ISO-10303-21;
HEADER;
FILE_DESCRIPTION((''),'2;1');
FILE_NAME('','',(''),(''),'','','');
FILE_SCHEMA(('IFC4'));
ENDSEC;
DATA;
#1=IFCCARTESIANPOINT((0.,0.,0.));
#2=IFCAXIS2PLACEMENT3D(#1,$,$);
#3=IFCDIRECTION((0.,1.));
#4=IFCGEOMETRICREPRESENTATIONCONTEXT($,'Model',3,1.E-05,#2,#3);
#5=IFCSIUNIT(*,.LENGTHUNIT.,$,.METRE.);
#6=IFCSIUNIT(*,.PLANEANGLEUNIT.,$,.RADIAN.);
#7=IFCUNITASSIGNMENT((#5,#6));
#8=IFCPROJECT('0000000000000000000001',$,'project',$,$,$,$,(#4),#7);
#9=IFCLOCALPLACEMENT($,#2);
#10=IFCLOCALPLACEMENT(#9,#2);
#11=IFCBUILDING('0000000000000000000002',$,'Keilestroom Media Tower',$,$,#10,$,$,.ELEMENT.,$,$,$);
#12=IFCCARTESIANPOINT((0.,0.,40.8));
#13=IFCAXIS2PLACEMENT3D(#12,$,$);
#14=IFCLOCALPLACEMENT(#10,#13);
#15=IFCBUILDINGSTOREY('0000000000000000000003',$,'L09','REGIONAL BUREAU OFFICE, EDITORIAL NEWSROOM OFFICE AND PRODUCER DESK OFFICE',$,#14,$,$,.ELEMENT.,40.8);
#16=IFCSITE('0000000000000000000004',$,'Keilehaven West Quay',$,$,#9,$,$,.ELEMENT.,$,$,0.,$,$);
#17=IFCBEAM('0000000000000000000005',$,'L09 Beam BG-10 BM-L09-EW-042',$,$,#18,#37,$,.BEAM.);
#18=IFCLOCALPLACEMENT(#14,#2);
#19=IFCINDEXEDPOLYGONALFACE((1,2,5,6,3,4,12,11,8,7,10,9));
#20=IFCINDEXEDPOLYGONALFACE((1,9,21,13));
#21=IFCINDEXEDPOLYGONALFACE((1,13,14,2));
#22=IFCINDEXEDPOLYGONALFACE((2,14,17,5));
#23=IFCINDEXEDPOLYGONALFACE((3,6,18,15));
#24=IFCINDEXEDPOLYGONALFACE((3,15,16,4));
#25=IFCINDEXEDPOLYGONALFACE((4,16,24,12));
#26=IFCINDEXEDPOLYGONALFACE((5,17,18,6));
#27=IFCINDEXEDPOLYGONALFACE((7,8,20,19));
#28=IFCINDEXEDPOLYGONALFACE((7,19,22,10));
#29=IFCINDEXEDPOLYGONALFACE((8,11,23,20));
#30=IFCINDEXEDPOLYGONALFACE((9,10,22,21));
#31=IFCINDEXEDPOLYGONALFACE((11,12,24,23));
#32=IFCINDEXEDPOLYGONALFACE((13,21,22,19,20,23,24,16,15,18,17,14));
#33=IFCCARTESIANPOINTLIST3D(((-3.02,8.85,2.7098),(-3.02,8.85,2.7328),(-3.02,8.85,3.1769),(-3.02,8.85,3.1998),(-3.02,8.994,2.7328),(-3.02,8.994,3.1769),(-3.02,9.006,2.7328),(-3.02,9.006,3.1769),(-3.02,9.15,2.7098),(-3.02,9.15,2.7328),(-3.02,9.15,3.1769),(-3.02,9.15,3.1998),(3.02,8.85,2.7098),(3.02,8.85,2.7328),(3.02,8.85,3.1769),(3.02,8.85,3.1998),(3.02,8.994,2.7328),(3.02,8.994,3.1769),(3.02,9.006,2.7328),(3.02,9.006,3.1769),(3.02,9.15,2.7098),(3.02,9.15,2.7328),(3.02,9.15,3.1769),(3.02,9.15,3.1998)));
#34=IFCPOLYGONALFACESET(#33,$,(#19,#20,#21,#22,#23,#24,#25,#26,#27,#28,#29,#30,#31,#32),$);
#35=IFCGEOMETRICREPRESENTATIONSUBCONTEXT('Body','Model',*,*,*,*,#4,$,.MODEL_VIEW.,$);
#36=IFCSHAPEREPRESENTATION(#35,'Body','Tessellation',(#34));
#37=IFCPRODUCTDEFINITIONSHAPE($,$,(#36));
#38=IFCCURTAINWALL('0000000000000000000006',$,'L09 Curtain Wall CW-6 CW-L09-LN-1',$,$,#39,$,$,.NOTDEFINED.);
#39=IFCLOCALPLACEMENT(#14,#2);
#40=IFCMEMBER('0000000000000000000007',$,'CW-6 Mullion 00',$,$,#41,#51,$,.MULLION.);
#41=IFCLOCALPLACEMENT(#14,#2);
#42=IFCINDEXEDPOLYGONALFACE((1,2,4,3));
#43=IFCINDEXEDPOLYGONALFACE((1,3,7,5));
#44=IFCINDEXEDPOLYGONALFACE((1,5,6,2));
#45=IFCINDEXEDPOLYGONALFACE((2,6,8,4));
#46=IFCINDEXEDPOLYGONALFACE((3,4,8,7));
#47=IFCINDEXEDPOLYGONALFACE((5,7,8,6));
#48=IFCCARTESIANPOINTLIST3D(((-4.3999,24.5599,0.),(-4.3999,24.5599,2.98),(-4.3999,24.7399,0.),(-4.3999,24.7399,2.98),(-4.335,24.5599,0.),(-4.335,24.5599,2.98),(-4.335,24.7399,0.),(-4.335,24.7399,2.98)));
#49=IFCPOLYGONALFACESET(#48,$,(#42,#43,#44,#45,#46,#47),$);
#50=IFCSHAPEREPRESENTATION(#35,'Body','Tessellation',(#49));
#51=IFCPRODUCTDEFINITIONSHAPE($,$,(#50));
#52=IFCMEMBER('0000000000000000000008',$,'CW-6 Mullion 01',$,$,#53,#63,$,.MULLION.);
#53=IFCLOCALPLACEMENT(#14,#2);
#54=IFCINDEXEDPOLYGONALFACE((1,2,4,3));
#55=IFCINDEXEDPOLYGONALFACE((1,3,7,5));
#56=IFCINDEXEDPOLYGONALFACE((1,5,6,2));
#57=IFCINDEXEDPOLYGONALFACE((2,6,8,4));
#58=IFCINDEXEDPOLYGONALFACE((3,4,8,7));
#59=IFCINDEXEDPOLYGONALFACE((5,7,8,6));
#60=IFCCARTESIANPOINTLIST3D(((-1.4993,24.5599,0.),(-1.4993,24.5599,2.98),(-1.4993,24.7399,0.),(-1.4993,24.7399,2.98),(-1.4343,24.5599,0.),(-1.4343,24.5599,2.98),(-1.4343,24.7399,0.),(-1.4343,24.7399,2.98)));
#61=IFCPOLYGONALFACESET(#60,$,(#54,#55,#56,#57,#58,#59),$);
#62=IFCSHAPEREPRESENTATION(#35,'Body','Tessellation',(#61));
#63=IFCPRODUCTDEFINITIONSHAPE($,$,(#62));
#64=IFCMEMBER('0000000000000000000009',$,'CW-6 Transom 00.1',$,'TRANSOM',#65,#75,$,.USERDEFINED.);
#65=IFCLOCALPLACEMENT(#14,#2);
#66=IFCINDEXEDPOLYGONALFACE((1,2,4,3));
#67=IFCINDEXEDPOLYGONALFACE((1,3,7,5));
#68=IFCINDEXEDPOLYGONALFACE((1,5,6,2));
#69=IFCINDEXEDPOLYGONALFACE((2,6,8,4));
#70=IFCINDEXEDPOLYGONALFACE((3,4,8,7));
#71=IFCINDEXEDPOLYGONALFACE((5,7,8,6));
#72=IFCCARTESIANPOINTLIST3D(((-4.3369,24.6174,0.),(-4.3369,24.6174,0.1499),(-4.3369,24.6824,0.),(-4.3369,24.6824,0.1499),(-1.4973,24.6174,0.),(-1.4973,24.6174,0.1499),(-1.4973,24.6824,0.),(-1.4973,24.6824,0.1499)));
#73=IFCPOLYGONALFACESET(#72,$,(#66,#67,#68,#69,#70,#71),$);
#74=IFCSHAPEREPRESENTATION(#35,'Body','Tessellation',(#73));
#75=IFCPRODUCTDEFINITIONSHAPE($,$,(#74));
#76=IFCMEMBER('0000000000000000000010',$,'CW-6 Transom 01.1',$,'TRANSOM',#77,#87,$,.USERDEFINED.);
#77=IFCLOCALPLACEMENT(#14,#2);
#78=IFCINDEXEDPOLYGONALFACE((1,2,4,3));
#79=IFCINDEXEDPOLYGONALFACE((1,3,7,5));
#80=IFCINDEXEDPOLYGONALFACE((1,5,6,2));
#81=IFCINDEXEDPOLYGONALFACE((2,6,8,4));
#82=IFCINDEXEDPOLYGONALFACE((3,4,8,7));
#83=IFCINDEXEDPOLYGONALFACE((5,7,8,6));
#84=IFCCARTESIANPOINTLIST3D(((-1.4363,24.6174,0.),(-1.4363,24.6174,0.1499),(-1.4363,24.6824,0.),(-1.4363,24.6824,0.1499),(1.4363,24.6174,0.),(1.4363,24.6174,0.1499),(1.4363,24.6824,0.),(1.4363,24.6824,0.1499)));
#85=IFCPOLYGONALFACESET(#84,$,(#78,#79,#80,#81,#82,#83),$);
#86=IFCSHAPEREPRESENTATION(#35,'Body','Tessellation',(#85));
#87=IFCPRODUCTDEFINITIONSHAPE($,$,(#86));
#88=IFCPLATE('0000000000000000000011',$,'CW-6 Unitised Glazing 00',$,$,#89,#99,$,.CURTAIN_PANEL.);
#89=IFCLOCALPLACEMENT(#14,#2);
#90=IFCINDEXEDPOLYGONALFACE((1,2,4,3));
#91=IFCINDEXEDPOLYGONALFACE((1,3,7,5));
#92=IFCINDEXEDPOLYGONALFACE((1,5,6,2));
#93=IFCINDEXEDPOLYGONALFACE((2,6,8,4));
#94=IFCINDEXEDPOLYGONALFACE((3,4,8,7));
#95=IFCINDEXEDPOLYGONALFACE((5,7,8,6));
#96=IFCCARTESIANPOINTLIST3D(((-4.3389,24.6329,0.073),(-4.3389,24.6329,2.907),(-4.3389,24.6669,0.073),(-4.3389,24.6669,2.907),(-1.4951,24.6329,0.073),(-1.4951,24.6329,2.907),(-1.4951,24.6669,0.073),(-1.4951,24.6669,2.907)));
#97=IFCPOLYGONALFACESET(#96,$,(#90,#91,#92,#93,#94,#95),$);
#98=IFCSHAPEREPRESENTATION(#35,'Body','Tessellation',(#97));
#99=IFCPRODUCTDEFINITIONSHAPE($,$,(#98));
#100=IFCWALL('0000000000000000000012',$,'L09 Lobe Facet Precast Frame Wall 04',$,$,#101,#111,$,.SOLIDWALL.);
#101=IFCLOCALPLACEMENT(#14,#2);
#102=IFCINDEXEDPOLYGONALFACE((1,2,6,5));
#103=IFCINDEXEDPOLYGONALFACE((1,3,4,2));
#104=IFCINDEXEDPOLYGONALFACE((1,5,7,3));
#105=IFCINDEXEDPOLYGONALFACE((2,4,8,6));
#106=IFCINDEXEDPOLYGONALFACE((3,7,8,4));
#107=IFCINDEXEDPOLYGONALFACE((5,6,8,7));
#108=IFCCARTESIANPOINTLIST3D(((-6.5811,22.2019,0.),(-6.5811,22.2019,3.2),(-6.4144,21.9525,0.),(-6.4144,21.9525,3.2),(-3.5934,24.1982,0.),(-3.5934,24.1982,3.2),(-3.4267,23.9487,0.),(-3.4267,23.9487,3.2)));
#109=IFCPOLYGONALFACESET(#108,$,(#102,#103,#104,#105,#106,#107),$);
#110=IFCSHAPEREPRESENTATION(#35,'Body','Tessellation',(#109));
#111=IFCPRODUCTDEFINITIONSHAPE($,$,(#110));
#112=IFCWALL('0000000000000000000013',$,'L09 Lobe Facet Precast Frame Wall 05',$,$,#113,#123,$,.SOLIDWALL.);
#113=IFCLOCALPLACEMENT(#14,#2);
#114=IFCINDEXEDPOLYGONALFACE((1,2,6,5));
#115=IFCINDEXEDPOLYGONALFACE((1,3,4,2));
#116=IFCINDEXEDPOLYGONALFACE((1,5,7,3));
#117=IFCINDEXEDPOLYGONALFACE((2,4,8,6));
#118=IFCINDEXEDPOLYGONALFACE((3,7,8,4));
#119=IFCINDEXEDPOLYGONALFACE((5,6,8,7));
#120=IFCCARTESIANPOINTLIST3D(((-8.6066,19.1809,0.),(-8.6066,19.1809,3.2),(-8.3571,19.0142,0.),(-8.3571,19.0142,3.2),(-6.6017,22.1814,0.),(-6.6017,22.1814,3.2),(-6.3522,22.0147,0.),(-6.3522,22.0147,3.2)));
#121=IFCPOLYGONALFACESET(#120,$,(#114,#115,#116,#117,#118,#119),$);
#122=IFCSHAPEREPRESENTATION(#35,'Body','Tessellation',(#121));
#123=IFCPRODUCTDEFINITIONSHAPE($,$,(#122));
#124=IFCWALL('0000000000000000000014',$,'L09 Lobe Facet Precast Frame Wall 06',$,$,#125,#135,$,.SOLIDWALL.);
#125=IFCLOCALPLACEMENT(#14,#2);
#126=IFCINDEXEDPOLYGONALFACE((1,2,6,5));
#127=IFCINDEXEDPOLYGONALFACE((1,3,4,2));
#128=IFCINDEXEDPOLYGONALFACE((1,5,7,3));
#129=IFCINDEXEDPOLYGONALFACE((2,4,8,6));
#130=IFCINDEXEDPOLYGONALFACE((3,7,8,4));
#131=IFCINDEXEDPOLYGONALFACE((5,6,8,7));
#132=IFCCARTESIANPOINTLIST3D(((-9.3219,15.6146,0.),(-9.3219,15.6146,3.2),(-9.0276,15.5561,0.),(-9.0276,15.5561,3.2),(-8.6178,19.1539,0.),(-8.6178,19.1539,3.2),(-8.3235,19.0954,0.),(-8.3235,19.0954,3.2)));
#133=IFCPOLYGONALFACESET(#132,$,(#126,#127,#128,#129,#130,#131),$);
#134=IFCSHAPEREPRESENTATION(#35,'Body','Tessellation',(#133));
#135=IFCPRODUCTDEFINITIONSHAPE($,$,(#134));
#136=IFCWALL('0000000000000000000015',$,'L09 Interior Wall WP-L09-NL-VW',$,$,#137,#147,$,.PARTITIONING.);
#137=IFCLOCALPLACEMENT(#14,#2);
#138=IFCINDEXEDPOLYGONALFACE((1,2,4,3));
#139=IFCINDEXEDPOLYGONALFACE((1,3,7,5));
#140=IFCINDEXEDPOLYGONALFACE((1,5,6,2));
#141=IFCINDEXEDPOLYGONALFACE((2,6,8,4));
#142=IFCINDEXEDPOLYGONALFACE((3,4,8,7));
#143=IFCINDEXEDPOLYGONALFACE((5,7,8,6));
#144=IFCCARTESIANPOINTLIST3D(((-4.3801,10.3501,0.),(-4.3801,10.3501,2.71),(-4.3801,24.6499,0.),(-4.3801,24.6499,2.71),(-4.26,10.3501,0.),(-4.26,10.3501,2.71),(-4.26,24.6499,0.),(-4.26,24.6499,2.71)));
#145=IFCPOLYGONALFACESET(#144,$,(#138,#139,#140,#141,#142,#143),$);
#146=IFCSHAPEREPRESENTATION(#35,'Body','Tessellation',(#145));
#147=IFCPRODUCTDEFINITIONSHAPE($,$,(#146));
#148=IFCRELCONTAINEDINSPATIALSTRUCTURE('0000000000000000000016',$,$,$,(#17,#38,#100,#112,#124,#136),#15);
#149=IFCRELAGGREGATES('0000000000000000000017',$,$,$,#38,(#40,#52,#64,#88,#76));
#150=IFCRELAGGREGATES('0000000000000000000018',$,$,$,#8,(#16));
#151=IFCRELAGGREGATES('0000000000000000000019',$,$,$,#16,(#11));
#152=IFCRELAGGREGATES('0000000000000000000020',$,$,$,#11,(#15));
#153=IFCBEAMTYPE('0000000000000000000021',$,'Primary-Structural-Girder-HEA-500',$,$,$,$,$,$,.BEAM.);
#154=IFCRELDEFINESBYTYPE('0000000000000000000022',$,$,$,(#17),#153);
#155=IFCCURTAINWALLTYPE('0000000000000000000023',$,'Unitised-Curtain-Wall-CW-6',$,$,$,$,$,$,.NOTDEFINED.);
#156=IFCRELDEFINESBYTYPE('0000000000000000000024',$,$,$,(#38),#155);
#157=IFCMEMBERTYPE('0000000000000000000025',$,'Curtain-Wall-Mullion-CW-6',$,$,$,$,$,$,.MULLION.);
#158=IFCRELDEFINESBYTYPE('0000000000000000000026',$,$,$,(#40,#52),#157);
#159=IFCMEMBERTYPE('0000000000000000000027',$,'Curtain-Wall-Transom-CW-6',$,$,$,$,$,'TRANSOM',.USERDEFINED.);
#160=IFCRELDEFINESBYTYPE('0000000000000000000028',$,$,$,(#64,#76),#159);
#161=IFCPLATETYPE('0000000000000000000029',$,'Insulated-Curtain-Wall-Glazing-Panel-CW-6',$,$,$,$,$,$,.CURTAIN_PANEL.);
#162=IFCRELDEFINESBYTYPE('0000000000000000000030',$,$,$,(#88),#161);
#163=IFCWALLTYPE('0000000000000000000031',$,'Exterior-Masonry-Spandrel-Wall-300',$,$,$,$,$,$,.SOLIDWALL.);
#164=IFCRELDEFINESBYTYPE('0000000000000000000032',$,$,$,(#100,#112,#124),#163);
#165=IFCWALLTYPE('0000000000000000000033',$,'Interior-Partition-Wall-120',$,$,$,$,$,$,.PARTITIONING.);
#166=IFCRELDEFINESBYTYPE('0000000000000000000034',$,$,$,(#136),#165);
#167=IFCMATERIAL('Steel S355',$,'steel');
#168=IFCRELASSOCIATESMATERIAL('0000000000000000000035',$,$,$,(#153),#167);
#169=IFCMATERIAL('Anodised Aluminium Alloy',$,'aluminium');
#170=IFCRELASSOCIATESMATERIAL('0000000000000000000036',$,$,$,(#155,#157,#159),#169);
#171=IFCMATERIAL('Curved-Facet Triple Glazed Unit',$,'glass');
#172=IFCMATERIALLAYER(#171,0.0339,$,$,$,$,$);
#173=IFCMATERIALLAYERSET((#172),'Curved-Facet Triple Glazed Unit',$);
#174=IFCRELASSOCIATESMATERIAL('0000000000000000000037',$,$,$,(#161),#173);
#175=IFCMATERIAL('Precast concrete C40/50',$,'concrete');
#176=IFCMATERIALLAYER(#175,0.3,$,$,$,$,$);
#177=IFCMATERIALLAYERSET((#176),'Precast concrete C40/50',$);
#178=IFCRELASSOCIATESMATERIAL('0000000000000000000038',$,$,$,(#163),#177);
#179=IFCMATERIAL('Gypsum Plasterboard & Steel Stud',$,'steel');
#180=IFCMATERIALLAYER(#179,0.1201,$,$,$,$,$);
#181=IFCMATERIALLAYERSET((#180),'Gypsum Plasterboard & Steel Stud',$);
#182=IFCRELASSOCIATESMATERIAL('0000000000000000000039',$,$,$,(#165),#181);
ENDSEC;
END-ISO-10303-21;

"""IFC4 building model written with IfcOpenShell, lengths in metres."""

from ifc_helpers import new_model, si_unit, direction, frame, frame_2d, origin, origin_2d, place, context, subcontext, project, spatial, rectangle, i_section, extrude, source, transform, mapped, material, layer, layer_set, material_profile, profile_set, type_object, element, aggregate, save


model = new_model("IFC4")

# Units and contexts
model_context = context("Model", 3, precision=1e-05, world=origin(), true_north=direction((0.0, 1.0)))
body_context = subcontext(model_context, "Body", "Model", "MODEL_VIEW")
ifc_project = project(units=[si_unit("LENGTHUNIT", "METRE"), si_unit("PLANEANGLEUNIT", "RADIAN")], contexts=[model_context])

# Site, building, storey
site_placement = place(None, origin())
site = spatial("IfcSite", under=ifc_project, at=site_placement, Name="Keilehaven West Quay", CompositionType="ELEMENT", RefElevation=0.0)
building_placement = place(site_placement, origin())
building = spatial("IfcBuilding", under=site, at=building_placement, Name="Keilestroom Media Tower", CompositionType="ELEMENT")
storey_placement = place(building_placement, frame((0.0, 0.0, 40.8)))
storey = spatial("IfcBuildingStorey", under=building, at=storey_placement, Name="L09", Description="REGIONAL BUREAU OFFICE, EDITORIAL NEWSROOM OFFICE AND PRODUCER DESK OFFICE", CompositionType="ELEMENT", Elevation=40.8)

# Beam
ifc_material_1 = material(Name="Steel S355", Category="steel")
ifc_material_profile_1 = material_profile(ifc_material_1, i_section(OverallWidth=0.3, OverallDepth=0.49, WebThickness=0.012, FlangeThickness=0.0229, at=origin_2d()), Name="HEA 500")
ifc_profile_set_1 = profile_set([ifc_material_profile_1], Name="Steel S355")
beam_type = type_object("IfcBeamType", Name="Primary-Structural-Girder-HEA-500", PredefinedType="BEAM", material=ifc_profile_set_1)
shared_shape_1 = source(origin(), body_context, "Body", "SweptSolid", [
    extrude(i_section(OverallWidth=0.3, OverallDepth=0.49, WebThickness=0.012, FlangeThickness=0.0229, at=origin_2d()), origin(), (0.0, 0.0, 1.0), 6.04),
])
beam_1_placement = place(storey_placement, frame((-3.02, 9.0, 2.9548), z_axis=(1.0, 0.0, 0.0), x_axis=(0.0, 1.0, 0.0)))
element("IfcBeam", 1, at=beam_1_placement, inside=storey, type_object=beam_type, Name="L09 Beam BG-10 BM-L09-EW-042", PredefinedType="BEAM", context=body_context, shape_type="MappedRepresentation", body=[
    mapped(shared_shape_1, transform((0.0, 0.0, 0.0), x_axis=(1.0, 0.0, 0.0), y_axis=(0.0, 1.0, 0.0), z_axis=(0.0, 0.0, 1.0), scale=1.0)),
])

# Curtain wall, members, plate
ifc_material_2 = material(Name="Anodised Aluminium Alloy", Category="aluminium")
curtain_wall_type = type_object("IfcCurtainWallType", Name="Unitised-Curtain-Wall-CW-6", PredefinedType="NOTDEFINED", material=ifc_material_2)
curtain_wall_placement = place(storey_placement, origin())
curtain_wall = element("IfcCurtainWall", 2, at=curtain_wall_placement, inside=storey, type_object=curtain_wall_type, Name="L09 Curtain Wall CW-6 CW-L09-LN-1", PredefinedType="NOTDEFINED")
ifc_material_profile_2 = material_profile(ifc_material_2, rectangle(XDim=0.0649, YDim=0.1799, at=origin_2d()), Name="ALU MULLION 65x180")
ifc_profile_set_2 = profile_set([ifc_material_profile_2], Name="Anodised Aluminium Alloy")
member_type_1 = type_object("IfcMemberType", Name="Curtain-Wall-Mullion-CW-6", PredefinedType="MULLION", material=ifc_profile_set_2)
shared_shape_2 = source(origin(), body_context, "Body", "SweptSolid", [
    extrude(rectangle(XDim=0.0649, YDim=0.1799, at=origin_2d()), origin(), (0.0, 0.0, 1.0), 2.98),
])
member_1_placement = place(storey_placement, frame((-4.3674, 24.6499, 0.0), z_axis=(0.0, 0.0, 1.0), x_axis=(1.0, 0.0, 0.0)))
member_1 = element("IfcMember", 3, at=member_1_placement, type_object=member_type_1, Name="CW-6 Mullion 00", PredefinedType="MULLION", context=body_context, shape_type="MappedRepresentation", body=[
    mapped(shared_shape_2, transform((0.0, 0.0, 0.0), x_axis=(1.0, 0.0, 0.0), y_axis=(0.0, 1.0, 0.0), z_axis=(0.0, 0.0, 1.0), scale=1.0)),
])
member_2_placement = place(storey_placement, frame((-1.4668, 24.6499, 0.0), z_axis=(0.0, 0.0, 1.0), x_axis=(1.0, 0.0, 0.0)))
member_2 = element("IfcMember", 4, at=member_2_placement, type_object=member_type_1, Name="CW-6 Mullion 01", PredefinedType="MULLION", context=body_context, shape_type="MappedRepresentation", body=[
    mapped(shared_shape_2, transform((0.0, 0.0, 0.0), x_axis=(1.0, 0.0, 0.0), y_axis=(0.0, 1.0, 0.0), z_axis=(0.0, 0.0, 1.0), scale=1.0)),
])
ifc_material_profile_3 = material_profile(ifc_material_2, rectangle(XDim=0.0649, YDim=0.1499, at=origin_2d()), Name="ALU TRANSOM 65x150")
ifc_profile_set_3 = profile_set([ifc_material_profile_3], Name="Anodised Aluminium Alloy")
member_type_2 = type_object("IfcMemberType", Name="Curtain-Wall-Transom-CW-6", ElementType="TRANSOM", PredefinedType="USERDEFINED", material=ifc_profile_set_3)
shared_shape_3 = source(origin(), body_context, "Body", "SweptSolid", [
    extrude(rectangle(XDim=0.0649, YDim=0.1499, at=origin_2d()), origin(), (0.0, 0.0, 1.0), 2.8396),
])
member_3_placement = place(storey_placement, frame((-4.3369, 24.6499, 0.075), z_axis=(1.0, 0.0, 0.0), x_axis=(0.0, 1.0, 0.0)))
member_3 = element("IfcMember", 5, at=member_3_placement, type_object=member_type_2, Name="CW-6 Transom 00.1", ObjectType="TRANSOM", PredefinedType="USERDEFINED", context=body_context, shape_type="MappedRepresentation", body=[
    mapped(shared_shape_3, transform((0.0, 0.0, 0.0), x_axis=(1.0, 0.0, 0.0), y_axis=(0.0, 1.0, 0.0), z_axis=(0.0, 0.0, 1.0), scale=1.0)),
])
shared_shape_4 = source(origin(), body_context, "Body", "SweptSolid", [
    extrude(rectangle(XDim=0.0649, YDim=0.1499, at=origin_2d()), origin(), (0.0, 0.0, 1.0), 2.8726),
])
member_4_placement = place(storey_placement, frame((-1.4363, 24.6499, 0.075), z_axis=(1.0, 0.0, 0.0), x_axis=(0.0, 1.0, 0.0)))
member_4 = element("IfcMember", 6, at=member_4_placement, type_object=member_type_2, Name="CW-6 Transom 01.1", ObjectType="TRANSOM", PredefinedType="USERDEFINED", context=body_context, shape_type="MappedRepresentation", body=[
    mapped(shared_shape_4, transform((0.0, 0.0, 0.0), x_axis=(1.0, 0.0, 0.0), y_axis=(0.0, 1.0, 0.0), z_axis=(0.0, 0.0, 1.0), scale=1.0)),
])
ifc_material_3 = material(Name="Curved-Facet Triple Glazed Unit", Category="glass")
ifc_layer_1 = layer(ifc_material_3, 0.0339)
ifc_layer_set_1 = layer_set([ifc_layer_1], Name="Curved-Facet Triple Glazed Unit")
plate_type = type_object("IfcPlateType", Name="Insulated-Curtain-Wall-Glazing-Panel-CW-6", PredefinedType="CURTAIN_PANEL", material=ifc_layer_set_1)
shared_shape_5 = source(origin(), body_context, "Body", "SweptSolid", [
    extrude(rectangle(XDim=2.8438, YDim=0.0339, at=origin_2d()), origin(), (0.0, 0.0, 1.0), 2.834),
])
plate_placement = place(storey_placement, frame((-2.917, 24.6499, 0.073), z_axis=(0.0, 0.0, 1.0), x_axis=(1.0, 0.0, 0.0)))
plate = element("IfcPlate", 7, at=plate_placement, type_object=plate_type, Name="CW-6 Unitised Glazing 00", PredefinedType="CURTAIN_PANEL", context=body_context, shape_type="MappedRepresentation", body=[
    mapped(shared_shape_5, transform((0.0, 0.0, 0.0), x_axis=(1.0, 0.0, 0.0), y_axis=(0.0, 1.0, 0.0), z_axis=(0.0, 0.0, 1.0), scale=1.0)),
])
aggregate(curtain_wall, [member_1, member_2, member_3, plate, member_4])

# Walls
ifc_material_4 = material(Name="Precast concrete C40/50", Category="concrete")
ifc_layer_2 = layer(ifc_material_4, 0.3)
ifc_layer_set_2 = layer_set([ifc_layer_2], Name="Precast concrete C40/50")
wall_type_1 = type_object("IfcWallType", Name="Exterior-Masonry-Spandrel-Wall-300", PredefinedType="SOLIDWALL", material=ifc_layer_set_2)
wall_1_placement = place(storey_placement, frame((-3.51, 24.0735, 0.0), z_axis=(0.0, 0.0, 1.0), x_axis=(-0.831475, -0.555562, 0.0)))
element("IfcWall", 8, at=wall_1_placement, inside=storey, type_object=wall_type_1, Name="L09 Lobe Facet Precast Frame Wall 04", PredefinedType="SOLIDWALL", context=body_context, shape_type="SweptSolid", body=[
    extrude(rectangle(XDim=3.5933, YDim=0.3, at=frame_2d((1.7966, 0.0))), origin(), (0.0, 0.0, 1.0), 3.2),
])
for number, where, z_axis, x_axis, name in (
    (9, (-6.4771, 22.0979, 0.0), (0.0, 0.0, 1.0), (-0.555574, -0.831467, 0.0), "L09 Lobe Facet Precast Frame Wall 05"),
    (10, (-8.4707, 19.1245, 0.0), (0.0, 0.0, 1.0), (-0.195114, -0.980781, 0.0), "L09 Lobe Facet Precast Frame Wall 06"),
):
    element("IfcWall", number, at=place(storey_placement, frame(where, z_axis=z_axis, x_axis=x_axis)), inside=storey, type_object=wall_type_1, Name=name, PredefinedType="SOLIDWALL", context=body_context, shape_type="SweptSolid", body=[
        extrude(rectangle(XDim=3.6086, YDim=0.3, at=frame_2d((1.8042, 0.0))), origin(), (0.0, 0.0, 1.0), 3.2),
    ])
ifc_material_5 = material(Name="Gypsum Plasterboard & Steel Stud", Category="steel")
ifc_layer_3 = layer(ifc_material_5, 0.1201)
ifc_layer_set_3 = layer_set([ifc_layer_3], Name="Gypsum Plasterboard & Steel Stud")
wall_type_2 = type_object("IfcWallType", Name="Interior-Partition-Wall-120", PredefinedType="PARTITIONING", material=ifc_layer_set_3)
wall_2_placement = place(storey_placement, frame((-4.3201, 10.3501, 0.0), z_axis=(0.0, 0.0, 1.0), x_axis=(0.0, 1.0, 0.0)))
element("IfcWall", 11, at=wall_2_placement, inside=storey, type_object=wall_type_2, Name="L09 Interior Wall WP-L09-NL-VW", PredefinedType="PARTITIONING", context=body_context, shape_type="SweptSolid", body=[
    extrude(rectangle(XDim=14.2998, YDim=0.1201, at=frame_2d((7.1499, 0.0))), origin(), (0.0, 0.0, 1.0), 2.71),
])

save(model, "model.ifc")
